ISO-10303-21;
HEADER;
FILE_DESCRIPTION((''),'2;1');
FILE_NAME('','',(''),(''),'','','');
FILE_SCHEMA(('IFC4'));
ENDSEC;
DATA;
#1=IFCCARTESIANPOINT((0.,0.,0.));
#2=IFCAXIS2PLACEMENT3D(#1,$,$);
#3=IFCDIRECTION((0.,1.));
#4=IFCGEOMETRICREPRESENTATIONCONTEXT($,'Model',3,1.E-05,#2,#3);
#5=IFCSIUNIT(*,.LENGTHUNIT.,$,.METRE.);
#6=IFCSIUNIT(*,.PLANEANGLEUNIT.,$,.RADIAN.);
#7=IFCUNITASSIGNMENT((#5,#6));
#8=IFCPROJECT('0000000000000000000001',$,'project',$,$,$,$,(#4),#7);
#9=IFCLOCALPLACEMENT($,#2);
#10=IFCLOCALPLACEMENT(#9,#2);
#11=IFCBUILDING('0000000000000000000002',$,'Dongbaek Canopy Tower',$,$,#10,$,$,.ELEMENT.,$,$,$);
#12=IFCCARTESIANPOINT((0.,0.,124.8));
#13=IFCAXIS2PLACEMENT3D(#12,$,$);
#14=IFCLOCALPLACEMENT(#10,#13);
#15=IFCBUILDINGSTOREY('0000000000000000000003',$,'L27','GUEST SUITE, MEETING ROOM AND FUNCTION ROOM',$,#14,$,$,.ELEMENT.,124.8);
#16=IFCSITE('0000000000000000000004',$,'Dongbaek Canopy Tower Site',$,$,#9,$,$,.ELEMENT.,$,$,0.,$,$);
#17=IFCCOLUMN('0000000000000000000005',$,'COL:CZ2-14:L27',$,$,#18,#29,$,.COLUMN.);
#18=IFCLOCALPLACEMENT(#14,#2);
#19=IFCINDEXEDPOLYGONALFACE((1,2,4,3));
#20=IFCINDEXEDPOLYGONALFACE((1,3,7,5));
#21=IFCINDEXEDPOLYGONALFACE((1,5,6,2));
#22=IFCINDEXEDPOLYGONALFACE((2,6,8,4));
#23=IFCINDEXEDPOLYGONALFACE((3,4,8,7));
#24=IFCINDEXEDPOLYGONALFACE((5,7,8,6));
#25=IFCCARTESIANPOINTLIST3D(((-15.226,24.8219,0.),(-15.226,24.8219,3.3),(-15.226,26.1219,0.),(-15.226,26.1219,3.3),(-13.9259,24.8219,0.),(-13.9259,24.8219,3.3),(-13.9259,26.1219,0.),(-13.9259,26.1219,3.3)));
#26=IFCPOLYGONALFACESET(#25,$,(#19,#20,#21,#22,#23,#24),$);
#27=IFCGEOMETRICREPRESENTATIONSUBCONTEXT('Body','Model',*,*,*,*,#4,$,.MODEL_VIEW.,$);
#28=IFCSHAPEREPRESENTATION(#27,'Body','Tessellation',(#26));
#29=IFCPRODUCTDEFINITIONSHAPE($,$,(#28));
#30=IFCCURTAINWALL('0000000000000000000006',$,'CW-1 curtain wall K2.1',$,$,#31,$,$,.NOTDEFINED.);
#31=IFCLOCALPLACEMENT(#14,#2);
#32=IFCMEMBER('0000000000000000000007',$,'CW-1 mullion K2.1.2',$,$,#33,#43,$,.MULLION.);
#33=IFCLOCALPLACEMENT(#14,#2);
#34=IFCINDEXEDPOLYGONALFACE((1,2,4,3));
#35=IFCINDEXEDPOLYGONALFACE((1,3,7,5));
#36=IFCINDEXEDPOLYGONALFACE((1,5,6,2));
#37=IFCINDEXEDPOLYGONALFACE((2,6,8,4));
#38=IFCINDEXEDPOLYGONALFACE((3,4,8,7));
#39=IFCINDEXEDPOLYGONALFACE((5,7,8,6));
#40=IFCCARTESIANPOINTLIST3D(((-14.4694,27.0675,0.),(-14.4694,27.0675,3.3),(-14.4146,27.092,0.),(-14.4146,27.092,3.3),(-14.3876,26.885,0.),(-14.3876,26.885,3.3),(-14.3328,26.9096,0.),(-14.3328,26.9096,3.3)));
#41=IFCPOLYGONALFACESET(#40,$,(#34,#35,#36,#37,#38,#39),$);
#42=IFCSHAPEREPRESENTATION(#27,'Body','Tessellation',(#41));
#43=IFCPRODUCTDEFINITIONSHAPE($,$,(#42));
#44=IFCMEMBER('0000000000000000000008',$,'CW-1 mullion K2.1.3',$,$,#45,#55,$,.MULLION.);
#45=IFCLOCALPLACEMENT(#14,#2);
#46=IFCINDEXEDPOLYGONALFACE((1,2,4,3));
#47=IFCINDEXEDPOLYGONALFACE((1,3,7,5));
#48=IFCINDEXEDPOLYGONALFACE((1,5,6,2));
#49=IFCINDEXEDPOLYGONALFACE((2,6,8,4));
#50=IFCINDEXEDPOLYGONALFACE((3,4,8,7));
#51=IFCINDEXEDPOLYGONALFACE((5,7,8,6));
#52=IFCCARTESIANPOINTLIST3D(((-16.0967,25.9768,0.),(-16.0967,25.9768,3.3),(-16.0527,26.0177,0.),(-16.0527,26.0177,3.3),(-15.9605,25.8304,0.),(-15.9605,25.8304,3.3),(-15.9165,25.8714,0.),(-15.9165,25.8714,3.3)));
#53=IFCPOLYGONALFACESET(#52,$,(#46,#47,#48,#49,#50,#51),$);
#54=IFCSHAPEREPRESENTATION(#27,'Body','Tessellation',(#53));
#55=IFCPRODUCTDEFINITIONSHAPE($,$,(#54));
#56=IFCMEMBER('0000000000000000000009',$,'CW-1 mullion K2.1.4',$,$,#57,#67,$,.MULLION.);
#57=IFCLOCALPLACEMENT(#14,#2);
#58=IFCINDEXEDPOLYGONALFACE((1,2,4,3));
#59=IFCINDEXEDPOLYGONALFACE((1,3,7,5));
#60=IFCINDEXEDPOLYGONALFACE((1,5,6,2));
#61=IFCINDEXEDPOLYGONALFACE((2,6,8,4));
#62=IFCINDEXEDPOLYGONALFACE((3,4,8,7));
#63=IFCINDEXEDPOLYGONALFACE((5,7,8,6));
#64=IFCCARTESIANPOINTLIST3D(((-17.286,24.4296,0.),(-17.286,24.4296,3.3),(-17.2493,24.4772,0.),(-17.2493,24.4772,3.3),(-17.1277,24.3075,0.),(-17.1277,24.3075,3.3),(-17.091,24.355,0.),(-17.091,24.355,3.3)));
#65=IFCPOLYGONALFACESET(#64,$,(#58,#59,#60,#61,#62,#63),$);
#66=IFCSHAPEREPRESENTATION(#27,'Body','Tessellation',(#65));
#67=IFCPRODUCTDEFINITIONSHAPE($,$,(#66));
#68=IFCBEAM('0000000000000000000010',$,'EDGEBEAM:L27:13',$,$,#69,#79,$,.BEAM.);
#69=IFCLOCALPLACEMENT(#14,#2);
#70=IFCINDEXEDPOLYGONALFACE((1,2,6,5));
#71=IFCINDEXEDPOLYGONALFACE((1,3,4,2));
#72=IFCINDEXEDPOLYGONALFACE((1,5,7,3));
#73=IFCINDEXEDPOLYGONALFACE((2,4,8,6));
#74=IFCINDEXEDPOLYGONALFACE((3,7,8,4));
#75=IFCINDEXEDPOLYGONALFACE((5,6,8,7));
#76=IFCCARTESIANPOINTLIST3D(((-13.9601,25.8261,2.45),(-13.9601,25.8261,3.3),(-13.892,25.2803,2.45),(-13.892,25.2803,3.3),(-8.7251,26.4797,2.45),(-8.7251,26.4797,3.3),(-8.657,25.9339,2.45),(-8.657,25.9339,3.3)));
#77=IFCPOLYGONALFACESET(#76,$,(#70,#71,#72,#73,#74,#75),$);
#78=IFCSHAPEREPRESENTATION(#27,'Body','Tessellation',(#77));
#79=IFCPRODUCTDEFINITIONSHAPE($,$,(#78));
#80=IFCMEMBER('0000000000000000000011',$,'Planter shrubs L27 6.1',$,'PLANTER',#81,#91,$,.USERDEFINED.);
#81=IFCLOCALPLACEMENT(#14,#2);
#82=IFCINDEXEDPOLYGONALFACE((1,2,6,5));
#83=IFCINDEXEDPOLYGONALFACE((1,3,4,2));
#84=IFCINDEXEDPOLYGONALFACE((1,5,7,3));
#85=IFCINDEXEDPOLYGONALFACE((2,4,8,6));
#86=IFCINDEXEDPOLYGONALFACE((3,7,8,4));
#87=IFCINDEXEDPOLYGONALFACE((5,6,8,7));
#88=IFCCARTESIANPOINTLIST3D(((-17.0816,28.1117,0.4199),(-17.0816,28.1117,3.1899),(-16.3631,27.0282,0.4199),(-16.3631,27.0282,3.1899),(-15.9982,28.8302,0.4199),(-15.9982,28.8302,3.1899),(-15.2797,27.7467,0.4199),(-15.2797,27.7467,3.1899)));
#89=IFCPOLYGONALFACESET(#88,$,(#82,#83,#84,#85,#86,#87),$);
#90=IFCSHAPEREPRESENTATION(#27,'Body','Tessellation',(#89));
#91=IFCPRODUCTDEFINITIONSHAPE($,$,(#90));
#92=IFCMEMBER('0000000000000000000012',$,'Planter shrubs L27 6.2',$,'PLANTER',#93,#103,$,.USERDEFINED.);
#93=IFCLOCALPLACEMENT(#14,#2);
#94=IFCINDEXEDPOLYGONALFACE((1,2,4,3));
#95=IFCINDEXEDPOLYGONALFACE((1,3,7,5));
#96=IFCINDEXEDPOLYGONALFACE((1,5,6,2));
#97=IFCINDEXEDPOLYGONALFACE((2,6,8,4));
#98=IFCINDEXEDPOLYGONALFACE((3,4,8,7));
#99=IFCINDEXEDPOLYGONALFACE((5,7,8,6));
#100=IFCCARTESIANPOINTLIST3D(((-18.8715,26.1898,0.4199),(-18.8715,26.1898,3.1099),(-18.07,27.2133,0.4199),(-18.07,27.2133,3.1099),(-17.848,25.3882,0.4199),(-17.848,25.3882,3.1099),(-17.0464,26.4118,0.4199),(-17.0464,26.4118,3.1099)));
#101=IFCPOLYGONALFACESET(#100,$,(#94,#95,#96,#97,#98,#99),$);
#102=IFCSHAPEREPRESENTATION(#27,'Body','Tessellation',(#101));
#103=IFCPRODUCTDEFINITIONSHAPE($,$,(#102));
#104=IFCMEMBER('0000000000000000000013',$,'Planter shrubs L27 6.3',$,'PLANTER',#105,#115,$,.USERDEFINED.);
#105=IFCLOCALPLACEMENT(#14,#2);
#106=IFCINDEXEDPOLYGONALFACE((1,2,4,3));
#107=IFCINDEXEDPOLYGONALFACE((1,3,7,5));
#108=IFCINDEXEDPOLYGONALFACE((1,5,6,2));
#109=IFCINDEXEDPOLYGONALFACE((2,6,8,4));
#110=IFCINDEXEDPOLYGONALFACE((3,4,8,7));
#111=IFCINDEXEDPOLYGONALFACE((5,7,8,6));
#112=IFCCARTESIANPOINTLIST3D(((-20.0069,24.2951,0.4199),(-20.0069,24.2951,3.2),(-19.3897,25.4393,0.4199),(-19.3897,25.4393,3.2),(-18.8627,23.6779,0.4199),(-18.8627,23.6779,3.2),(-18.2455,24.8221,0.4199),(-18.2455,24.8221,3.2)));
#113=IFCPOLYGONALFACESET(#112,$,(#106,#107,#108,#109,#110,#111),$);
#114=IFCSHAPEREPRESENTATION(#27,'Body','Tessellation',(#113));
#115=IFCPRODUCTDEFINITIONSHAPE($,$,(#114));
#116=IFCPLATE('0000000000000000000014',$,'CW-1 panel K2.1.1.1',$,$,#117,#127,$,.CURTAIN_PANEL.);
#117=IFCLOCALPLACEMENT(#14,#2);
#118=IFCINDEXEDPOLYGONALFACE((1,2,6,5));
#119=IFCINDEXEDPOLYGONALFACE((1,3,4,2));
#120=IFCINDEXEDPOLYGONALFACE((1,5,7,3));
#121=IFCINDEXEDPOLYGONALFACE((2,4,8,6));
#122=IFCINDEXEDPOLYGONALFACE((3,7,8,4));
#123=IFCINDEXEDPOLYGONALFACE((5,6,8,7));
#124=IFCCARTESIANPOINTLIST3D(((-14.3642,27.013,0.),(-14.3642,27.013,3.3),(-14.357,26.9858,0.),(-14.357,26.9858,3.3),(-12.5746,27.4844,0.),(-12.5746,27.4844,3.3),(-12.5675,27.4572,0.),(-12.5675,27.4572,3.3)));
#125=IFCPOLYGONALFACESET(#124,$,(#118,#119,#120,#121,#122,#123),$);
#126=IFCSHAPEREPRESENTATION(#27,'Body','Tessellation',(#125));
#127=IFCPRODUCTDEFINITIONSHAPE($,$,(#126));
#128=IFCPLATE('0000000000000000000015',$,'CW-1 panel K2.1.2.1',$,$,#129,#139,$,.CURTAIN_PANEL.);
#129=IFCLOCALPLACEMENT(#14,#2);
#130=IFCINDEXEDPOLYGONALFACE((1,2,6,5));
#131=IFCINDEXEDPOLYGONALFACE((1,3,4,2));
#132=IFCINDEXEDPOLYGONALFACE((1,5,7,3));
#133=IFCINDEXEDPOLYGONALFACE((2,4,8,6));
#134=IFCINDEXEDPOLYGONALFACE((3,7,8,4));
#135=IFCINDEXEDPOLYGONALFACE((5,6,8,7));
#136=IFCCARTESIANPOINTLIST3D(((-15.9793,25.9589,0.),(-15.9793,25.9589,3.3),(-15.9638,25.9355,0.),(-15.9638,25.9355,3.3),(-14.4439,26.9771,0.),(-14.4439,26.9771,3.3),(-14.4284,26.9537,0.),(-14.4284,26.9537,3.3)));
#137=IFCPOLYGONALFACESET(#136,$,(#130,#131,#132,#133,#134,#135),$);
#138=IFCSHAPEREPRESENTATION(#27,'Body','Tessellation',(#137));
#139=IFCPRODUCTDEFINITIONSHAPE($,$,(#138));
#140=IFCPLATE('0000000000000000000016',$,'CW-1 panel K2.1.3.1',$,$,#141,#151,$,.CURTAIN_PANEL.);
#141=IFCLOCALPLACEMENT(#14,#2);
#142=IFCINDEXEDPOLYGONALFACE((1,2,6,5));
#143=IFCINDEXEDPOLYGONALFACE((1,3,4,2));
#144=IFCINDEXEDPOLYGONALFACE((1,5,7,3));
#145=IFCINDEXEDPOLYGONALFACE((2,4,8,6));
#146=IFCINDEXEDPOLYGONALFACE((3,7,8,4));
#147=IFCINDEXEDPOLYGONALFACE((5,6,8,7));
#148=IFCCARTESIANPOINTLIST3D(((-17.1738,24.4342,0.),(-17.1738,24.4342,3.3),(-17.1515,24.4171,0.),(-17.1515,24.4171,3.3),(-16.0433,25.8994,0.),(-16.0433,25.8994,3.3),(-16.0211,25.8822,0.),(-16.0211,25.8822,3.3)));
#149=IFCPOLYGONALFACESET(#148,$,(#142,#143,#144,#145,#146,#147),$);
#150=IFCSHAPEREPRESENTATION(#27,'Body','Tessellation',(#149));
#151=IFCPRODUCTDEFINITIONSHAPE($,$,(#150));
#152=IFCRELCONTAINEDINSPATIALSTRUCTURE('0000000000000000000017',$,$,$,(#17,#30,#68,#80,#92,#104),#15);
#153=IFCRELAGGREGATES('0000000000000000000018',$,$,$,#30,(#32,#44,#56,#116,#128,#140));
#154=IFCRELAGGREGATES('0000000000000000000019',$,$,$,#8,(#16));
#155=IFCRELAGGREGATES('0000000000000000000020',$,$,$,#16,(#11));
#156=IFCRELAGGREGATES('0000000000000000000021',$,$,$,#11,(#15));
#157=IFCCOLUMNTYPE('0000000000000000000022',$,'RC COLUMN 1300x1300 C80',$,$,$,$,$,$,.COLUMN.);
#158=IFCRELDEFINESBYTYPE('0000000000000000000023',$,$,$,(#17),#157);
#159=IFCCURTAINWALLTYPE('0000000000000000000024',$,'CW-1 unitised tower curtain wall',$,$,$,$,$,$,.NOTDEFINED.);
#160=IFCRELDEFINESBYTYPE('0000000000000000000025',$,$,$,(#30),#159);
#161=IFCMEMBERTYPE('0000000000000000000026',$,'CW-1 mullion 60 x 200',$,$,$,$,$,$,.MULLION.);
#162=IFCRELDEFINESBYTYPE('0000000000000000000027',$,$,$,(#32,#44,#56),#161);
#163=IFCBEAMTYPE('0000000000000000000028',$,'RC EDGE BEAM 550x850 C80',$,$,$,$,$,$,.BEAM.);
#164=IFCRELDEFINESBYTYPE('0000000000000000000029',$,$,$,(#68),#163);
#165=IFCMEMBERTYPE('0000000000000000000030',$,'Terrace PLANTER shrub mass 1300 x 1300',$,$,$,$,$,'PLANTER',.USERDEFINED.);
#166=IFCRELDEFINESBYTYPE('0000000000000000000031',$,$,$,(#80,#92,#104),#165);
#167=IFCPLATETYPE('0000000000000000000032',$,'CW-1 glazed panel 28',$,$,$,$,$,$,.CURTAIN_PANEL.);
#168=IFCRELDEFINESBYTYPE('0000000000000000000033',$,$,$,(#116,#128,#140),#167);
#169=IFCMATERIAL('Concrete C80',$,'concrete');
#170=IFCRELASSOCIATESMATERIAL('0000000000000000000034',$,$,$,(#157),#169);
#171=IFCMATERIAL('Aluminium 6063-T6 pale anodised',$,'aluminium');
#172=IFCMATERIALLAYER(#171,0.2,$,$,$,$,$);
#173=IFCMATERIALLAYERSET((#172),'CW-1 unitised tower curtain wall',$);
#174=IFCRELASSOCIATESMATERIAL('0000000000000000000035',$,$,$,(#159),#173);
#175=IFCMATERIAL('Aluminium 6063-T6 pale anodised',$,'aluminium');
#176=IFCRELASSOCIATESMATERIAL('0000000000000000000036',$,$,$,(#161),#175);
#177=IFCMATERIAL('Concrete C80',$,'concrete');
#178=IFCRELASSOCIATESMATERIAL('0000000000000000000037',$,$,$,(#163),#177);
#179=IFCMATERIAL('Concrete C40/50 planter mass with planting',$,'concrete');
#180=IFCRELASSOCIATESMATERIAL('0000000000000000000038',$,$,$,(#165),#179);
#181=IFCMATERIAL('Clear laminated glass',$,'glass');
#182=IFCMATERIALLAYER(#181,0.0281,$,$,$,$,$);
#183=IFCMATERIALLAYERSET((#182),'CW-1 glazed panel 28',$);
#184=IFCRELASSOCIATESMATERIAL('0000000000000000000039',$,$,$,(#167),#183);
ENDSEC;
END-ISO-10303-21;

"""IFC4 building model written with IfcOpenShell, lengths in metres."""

from ifc_helpers import new_model, si_unit, direction, frame, origin, origin_2d, place, context, subcontext, project, spatial, rectangle, extrude, material, layer, layer_set, material_profile, profile_set, type_object, element, aggregate, save


model = new_model("IFC4")

# Units and contexts
model_context = context("Model", 3, precision=1e-05, world=origin(), true_north=direction((0.0, 1.0)))
body_context = subcontext(model_context, "Body", "Model", "MODEL_VIEW")
ifc_project = project(units=[si_unit("LENGTHUNIT", "METRE"), si_unit("PLANEANGLEUNIT", "RADIAN")], contexts=[model_context])

# Site, building, storey
site_placement = place(None, origin())
site = spatial("IfcSite", under=ifc_project, at=site_placement, Name="Dongbaek Canopy Tower Site", CompositionType="ELEMENT", RefElevation=0.0)
building_placement = place(site_placement, origin())
building = spatial("IfcBuilding", under=site, at=building_placement, Name="Dongbaek Canopy Tower", CompositionType="ELEMENT")
storey_placement = place(building_placement, frame((0.0, 0.0, 124.8)))
storey = spatial("IfcBuildingStorey", under=building, at=storey_placement, Name="L27", Description="GUEST SUITE, MEETING ROOM AND FUNCTION ROOM", CompositionType="ELEMENT", Elevation=124.8)

# Column
ifc_material_1 = material(Name="Concrete C80", Category="concrete")
ifc_material_profile_1 = material_profile(ifc_material_1, rectangle(XDim=1.3, YDim=1.3, at=origin_2d()), Name="RC COLUMN 1300x1300 C80")
ifc_profile_set_1 = profile_set([ifc_material_profile_1], Name="Concrete C80")
column_type = type_object("IfcColumnType", Name="RC COLUMN 1300x1300 C80", PredefinedType="COLUMN", material=ifc_profile_set_1)
column_placement = place(storey_placement, frame((-14.5759, 25.4719, 0.0), z_axis=(0.0, 0.0, 1.0), x_axis=(1.0, 0.0, 0.0)))
element("IfcColumn", 1, at=column_placement, inside=storey, type_object=column_type, Name="COL:CZ2-14:L27", PredefinedType="COLUMN", context=body_context, shape_type="SweptSolid", body=[
    extrude(rectangle(XDim=1.3, YDim=1.3, at=origin_2d()), origin(), (0.0, 0.0, 1.0), 3.3),
])

# Curtain wall, members
ifc_material_2 = material(Name="Aluminium 6063-T6 pale anodised", Category="aluminium")
ifc_layer_1 = layer(ifc_material_2, 0.2)
ifc_layer_set_1 = layer_set([ifc_layer_1], Name="CW-1 unitised tower curtain wall")
curtain_wall_type = type_object("IfcCurtainWallType", Name="CW-1 unitised tower curtain wall", PredefinedType="NOTDEFINED", material=ifc_layer_set_1)
curtain_wall_placement = place(storey_placement, origin())
curtain_wall = element("IfcCurtainWall", 2, at=curtain_wall_placement, inside=storey, type_object=curtain_wall_type, Name="CW-1 curtain wall K2.1", PredefinedType="NOTDEFINED")
ifc_material_3 = material(Name="Aluminium 6063-T6 pale anodised", Category="aluminium")
ifc_material_profile_2 = material_profile(ifc_material_3, rectangle(XDim=0.2, YDim=0.0601, at=origin_2d()), Name="CW-1 mullion 60 x 200")
ifc_profile_set_2 = profile_set([ifc_material_profile_2], Name="Aluminium 6063-T6 pale anodised")
member_type_1 = type_object("IfcMemberType", Name="CW-1 mullion 60 x 200", PredefinedType="MULLION", material=ifc_profile_set_2)
member_1_placement = place(storey_placement, frame((-14.4011, 26.9885, 0.0), z_axis=(0.0, 0.0, 1.0), x_axis=(-0.409193, 0.912448, 0.0)))
member_1 = element("IfcMember", 3, at=member_1_placement, type_object=member_type_1, Name="CW-1 mullion K2.1.2", PredefinedType="MULLION", context=body_context, shape_type="SweptSolid", body=[
    extrude(rectangle(XDim=0.2, YDim=0.0601, at=origin_2d()), origin(), (0.0, 0.0, 1.0), 3.3),
])
member_2_placement = place(storey_placement, frame((-16.0066, 25.9241, 0.0), z_axis=(0.0, 0.0, 1.0), x_axis=(-0.681349, 0.731958, 0.0)))
member_2 = element("IfcMember", 4, at=member_2_placement, type_object=member_type_1, Name="CW-1 mullion K2.1.3", PredefinedType="MULLION", context=body_context, shape_type="SweptSolid", body=[
    extrude(rectangle(XDim=0.2, YDim=0.0601, at=origin_2d()), origin(), (0.0, 0.0, 1.0), 3.3),
])
member_3_placement = place(storey_placement, frame((-17.1885, 24.3923, 0.0), z_axis=(0.0, 0.0, 1.0), x_axis=(-0.791722, 0.610882, 0.0)))
member_3 = element("IfcMember", 5, at=member_3_placement, type_object=member_type_1, Name="CW-1 mullion K2.1.4", PredefinedType="MULLION", context=body_context, shape_type="SweptSolid", body=[
    extrude(rectangle(XDim=0.2, YDim=0.0601, at=origin_2d()), origin(), (0.0, 0.0, 1.0), 3.3),
])

# Beam
ifc_material_4 = material(Name="Concrete C80", Category="concrete")
ifc_material_profile_3 = material_profile(ifc_material_4, rectangle(XDim=0.55, YDim=0.8501, at=origin_2d()), Name="RC EDGE BEAM 550x850 C80")
ifc_profile_set_3 = profile_set([ifc_material_profile_3], Name="Concrete C80")
beam_type = type_object("IfcBeamType", Name="RC EDGE BEAM 550x850 C80", PredefinedType="BEAM", material=ifc_profile_set_3)
beam_placement = place(storey_placement, frame((-13.926, 25.5532, 2.875), z_axis=(0.992297, 0.123881, 0.0), x_axis=(-0.123881, 0.992297, 0.0)))
element("IfcBeam", 6, at=beam_placement, inside=storey, type_object=beam_type, Name="EDGEBEAM:L27:13", PredefinedType="BEAM", context=body_context, shape_type="SweptSolid", body=[
    extrude(rectangle(XDim=0.55, YDim=0.8501, at=origin_2d()), origin(), (0.0, 0.0, 1.0), 5.2756),
])

# Members
ifc_material_5 = material(Name="Concrete C40/50 planter mass with planting", Category="concrete")
ifc_material_profile_4 = material_profile(ifc_material_5, rectangle(XDim=1.3, YDim=1.3, at=origin_2d()), Name="Terrace PLANTER shrub mass 1300 x 1300")
ifc_profile_set_4 = profile_set([ifc_material_profile_4], Name="Concrete C40/50 planter mass with planting")
member_type_2 = type_object("IfcMemberType", Name="Terrace PLANTER shrub mass 1300 x 1300", ElementType="PLANTER", PredefinedType="USERDEFINED", material=ifc_profile_set_4)
member_4_placement = place(storey_placement, frame((-16.1807, 27.9292, 0.4199), z_axis=(0.0, 0.0, 1.0), x_axis=(-0.552689, 0.833388, 0.0)))
element("IfcMember", 7, at=member_4_placement, inside=storey, type_object=member_type_2, Name="Planter shrubs L27 6.1", ObjectType="PLANTER", PredefinedType="USERDEFINED", context=body_context, shape_type="SweptSolid", body=[
    extrude(rectangle(XDim=1.3, YDim=1.3, at=origin_2d()), origin(), (0.0, 0.0, 1.0), 2.77),
])
member_5_placement = place(storey_placement, frame((-17.959, 26.3008, 0.4199), z_axis=(0.0, 0.0, 1.0), x_axis=(-0.787326, 0.616537, 0.0)))
element("IfcMember", 8, at=member_5_placement, inside=storey, type_object=member_type_2, Name="Planter shrubs L27 6.2", ObjectType="PLANTER", PredefinedType="USERDEFINED", context=body_context, shape_type="SweptSolid", body=[
    extrude(rectangle(XDim=1.3, YDim=1.3, at=origin_2d()), origin(), (0.0, 0.0, 1.0), 2.6899),
])
member_6_placement = place(storey_placement, frame((-19.1262, 24.5586, 0.4199), z_axis=(0.0, 0.0, 1.0), x_axis=(-0.880109, 0.474771, 0.0)))
element("IfcMember", 9, at=member_6_placement, inside=storey, type_object=member_type_2, Name="Planter shrubs L27 6.3", ObjectType="PLANTER", PredefinedType="USERDEFINED", context=body_context, shape_type="SweptSolid", body=[
    extrude(rectangle(XDim=1.3, YDim=1.3, at=origin_2d()), origin(), (0.0, 0.0, 1.0), 2.78),
])

# Plates
ifc_material_6 = material(Name="Clear laminated glass", Category="glass")
ifc_layer_2 = layer(ifc_material_6, 0.0281)
ifc_layer_set_2 = layer_set([ifc_layer_2], Name="CW-1 glazed panel 28")
plate_type = type_object("IfcPlateType", Name="CW-1 glazed panel 28", PredefinedType="CURTAIN_PANEL", material=ifc_layer_set_2)
plate_1_placement = place(storey_placement, frame((-13.4658, 27.2351, 0.0), z_axis=(0.0, 0.0, 1.0), x_axis=(-0.967016, -0.254714, 0.0)))
plate_1 = element("IfcPlate", 10, at=plate_1_placement, type_object=plate_type, Name="CW-1 panel K2.1.1.1", PredefinedType="CURTAIN_PANEL", context=body_context, shape_type="SweptSolid", body=[
    extrude(rectangle(XDim=1.8506, YDim=0.0281, at=origin_2d()), origin(), (0.0, 0.0, 1.0), 3.3),
])
plate_2_placement = place(storey_placement, frame((-15.2039, 26.4563, 0.0), z_axis=(0.0, 0.0, 1.0), x_axis=(-0.833388, -0.552689, 0.0)))
plate_2 = element("IfcPlate", 11, at=plate_2_placement, type_object=plate_type, Name="CW-1 panel K2.1.2.1", PredefinedType="CURTAIN_PANEL", context=body_context, shape_type="SweptSolid", body=[
    extrude(rectangle(XDim=1.8423, YDim=0.0281, at=origin_2d()), origin(), (0.0, 0.0, 1.0), 3.3),
])
plate_3_placement = place(storey_placement, frame((-16.5974, 25.1582, 0.0), z_axis=(0.0, 0.0, 1.0), x_axis=(-0.610882, -0.791722, 0.0)))
plate_3 = element("IfcPlate", 12, at=plate_3_placement, type_object=plate_type, Name="CW-1 panel K2.1.3.1", PredefinedType="CURTAIN_PANEL", context=body_context, shape_type="SweptSolid", body=[
    extrude(rectangle(XDim=1.8506, YDim=0.0281, at=origin_2d()), origin(), (0.0, 0.0, 1.0), 3.3),
])
aggregate(curtain_wall, [member_1, member_2, member_3, plate_1, plate_2, plate_3])

save(model, "model.ifc")
